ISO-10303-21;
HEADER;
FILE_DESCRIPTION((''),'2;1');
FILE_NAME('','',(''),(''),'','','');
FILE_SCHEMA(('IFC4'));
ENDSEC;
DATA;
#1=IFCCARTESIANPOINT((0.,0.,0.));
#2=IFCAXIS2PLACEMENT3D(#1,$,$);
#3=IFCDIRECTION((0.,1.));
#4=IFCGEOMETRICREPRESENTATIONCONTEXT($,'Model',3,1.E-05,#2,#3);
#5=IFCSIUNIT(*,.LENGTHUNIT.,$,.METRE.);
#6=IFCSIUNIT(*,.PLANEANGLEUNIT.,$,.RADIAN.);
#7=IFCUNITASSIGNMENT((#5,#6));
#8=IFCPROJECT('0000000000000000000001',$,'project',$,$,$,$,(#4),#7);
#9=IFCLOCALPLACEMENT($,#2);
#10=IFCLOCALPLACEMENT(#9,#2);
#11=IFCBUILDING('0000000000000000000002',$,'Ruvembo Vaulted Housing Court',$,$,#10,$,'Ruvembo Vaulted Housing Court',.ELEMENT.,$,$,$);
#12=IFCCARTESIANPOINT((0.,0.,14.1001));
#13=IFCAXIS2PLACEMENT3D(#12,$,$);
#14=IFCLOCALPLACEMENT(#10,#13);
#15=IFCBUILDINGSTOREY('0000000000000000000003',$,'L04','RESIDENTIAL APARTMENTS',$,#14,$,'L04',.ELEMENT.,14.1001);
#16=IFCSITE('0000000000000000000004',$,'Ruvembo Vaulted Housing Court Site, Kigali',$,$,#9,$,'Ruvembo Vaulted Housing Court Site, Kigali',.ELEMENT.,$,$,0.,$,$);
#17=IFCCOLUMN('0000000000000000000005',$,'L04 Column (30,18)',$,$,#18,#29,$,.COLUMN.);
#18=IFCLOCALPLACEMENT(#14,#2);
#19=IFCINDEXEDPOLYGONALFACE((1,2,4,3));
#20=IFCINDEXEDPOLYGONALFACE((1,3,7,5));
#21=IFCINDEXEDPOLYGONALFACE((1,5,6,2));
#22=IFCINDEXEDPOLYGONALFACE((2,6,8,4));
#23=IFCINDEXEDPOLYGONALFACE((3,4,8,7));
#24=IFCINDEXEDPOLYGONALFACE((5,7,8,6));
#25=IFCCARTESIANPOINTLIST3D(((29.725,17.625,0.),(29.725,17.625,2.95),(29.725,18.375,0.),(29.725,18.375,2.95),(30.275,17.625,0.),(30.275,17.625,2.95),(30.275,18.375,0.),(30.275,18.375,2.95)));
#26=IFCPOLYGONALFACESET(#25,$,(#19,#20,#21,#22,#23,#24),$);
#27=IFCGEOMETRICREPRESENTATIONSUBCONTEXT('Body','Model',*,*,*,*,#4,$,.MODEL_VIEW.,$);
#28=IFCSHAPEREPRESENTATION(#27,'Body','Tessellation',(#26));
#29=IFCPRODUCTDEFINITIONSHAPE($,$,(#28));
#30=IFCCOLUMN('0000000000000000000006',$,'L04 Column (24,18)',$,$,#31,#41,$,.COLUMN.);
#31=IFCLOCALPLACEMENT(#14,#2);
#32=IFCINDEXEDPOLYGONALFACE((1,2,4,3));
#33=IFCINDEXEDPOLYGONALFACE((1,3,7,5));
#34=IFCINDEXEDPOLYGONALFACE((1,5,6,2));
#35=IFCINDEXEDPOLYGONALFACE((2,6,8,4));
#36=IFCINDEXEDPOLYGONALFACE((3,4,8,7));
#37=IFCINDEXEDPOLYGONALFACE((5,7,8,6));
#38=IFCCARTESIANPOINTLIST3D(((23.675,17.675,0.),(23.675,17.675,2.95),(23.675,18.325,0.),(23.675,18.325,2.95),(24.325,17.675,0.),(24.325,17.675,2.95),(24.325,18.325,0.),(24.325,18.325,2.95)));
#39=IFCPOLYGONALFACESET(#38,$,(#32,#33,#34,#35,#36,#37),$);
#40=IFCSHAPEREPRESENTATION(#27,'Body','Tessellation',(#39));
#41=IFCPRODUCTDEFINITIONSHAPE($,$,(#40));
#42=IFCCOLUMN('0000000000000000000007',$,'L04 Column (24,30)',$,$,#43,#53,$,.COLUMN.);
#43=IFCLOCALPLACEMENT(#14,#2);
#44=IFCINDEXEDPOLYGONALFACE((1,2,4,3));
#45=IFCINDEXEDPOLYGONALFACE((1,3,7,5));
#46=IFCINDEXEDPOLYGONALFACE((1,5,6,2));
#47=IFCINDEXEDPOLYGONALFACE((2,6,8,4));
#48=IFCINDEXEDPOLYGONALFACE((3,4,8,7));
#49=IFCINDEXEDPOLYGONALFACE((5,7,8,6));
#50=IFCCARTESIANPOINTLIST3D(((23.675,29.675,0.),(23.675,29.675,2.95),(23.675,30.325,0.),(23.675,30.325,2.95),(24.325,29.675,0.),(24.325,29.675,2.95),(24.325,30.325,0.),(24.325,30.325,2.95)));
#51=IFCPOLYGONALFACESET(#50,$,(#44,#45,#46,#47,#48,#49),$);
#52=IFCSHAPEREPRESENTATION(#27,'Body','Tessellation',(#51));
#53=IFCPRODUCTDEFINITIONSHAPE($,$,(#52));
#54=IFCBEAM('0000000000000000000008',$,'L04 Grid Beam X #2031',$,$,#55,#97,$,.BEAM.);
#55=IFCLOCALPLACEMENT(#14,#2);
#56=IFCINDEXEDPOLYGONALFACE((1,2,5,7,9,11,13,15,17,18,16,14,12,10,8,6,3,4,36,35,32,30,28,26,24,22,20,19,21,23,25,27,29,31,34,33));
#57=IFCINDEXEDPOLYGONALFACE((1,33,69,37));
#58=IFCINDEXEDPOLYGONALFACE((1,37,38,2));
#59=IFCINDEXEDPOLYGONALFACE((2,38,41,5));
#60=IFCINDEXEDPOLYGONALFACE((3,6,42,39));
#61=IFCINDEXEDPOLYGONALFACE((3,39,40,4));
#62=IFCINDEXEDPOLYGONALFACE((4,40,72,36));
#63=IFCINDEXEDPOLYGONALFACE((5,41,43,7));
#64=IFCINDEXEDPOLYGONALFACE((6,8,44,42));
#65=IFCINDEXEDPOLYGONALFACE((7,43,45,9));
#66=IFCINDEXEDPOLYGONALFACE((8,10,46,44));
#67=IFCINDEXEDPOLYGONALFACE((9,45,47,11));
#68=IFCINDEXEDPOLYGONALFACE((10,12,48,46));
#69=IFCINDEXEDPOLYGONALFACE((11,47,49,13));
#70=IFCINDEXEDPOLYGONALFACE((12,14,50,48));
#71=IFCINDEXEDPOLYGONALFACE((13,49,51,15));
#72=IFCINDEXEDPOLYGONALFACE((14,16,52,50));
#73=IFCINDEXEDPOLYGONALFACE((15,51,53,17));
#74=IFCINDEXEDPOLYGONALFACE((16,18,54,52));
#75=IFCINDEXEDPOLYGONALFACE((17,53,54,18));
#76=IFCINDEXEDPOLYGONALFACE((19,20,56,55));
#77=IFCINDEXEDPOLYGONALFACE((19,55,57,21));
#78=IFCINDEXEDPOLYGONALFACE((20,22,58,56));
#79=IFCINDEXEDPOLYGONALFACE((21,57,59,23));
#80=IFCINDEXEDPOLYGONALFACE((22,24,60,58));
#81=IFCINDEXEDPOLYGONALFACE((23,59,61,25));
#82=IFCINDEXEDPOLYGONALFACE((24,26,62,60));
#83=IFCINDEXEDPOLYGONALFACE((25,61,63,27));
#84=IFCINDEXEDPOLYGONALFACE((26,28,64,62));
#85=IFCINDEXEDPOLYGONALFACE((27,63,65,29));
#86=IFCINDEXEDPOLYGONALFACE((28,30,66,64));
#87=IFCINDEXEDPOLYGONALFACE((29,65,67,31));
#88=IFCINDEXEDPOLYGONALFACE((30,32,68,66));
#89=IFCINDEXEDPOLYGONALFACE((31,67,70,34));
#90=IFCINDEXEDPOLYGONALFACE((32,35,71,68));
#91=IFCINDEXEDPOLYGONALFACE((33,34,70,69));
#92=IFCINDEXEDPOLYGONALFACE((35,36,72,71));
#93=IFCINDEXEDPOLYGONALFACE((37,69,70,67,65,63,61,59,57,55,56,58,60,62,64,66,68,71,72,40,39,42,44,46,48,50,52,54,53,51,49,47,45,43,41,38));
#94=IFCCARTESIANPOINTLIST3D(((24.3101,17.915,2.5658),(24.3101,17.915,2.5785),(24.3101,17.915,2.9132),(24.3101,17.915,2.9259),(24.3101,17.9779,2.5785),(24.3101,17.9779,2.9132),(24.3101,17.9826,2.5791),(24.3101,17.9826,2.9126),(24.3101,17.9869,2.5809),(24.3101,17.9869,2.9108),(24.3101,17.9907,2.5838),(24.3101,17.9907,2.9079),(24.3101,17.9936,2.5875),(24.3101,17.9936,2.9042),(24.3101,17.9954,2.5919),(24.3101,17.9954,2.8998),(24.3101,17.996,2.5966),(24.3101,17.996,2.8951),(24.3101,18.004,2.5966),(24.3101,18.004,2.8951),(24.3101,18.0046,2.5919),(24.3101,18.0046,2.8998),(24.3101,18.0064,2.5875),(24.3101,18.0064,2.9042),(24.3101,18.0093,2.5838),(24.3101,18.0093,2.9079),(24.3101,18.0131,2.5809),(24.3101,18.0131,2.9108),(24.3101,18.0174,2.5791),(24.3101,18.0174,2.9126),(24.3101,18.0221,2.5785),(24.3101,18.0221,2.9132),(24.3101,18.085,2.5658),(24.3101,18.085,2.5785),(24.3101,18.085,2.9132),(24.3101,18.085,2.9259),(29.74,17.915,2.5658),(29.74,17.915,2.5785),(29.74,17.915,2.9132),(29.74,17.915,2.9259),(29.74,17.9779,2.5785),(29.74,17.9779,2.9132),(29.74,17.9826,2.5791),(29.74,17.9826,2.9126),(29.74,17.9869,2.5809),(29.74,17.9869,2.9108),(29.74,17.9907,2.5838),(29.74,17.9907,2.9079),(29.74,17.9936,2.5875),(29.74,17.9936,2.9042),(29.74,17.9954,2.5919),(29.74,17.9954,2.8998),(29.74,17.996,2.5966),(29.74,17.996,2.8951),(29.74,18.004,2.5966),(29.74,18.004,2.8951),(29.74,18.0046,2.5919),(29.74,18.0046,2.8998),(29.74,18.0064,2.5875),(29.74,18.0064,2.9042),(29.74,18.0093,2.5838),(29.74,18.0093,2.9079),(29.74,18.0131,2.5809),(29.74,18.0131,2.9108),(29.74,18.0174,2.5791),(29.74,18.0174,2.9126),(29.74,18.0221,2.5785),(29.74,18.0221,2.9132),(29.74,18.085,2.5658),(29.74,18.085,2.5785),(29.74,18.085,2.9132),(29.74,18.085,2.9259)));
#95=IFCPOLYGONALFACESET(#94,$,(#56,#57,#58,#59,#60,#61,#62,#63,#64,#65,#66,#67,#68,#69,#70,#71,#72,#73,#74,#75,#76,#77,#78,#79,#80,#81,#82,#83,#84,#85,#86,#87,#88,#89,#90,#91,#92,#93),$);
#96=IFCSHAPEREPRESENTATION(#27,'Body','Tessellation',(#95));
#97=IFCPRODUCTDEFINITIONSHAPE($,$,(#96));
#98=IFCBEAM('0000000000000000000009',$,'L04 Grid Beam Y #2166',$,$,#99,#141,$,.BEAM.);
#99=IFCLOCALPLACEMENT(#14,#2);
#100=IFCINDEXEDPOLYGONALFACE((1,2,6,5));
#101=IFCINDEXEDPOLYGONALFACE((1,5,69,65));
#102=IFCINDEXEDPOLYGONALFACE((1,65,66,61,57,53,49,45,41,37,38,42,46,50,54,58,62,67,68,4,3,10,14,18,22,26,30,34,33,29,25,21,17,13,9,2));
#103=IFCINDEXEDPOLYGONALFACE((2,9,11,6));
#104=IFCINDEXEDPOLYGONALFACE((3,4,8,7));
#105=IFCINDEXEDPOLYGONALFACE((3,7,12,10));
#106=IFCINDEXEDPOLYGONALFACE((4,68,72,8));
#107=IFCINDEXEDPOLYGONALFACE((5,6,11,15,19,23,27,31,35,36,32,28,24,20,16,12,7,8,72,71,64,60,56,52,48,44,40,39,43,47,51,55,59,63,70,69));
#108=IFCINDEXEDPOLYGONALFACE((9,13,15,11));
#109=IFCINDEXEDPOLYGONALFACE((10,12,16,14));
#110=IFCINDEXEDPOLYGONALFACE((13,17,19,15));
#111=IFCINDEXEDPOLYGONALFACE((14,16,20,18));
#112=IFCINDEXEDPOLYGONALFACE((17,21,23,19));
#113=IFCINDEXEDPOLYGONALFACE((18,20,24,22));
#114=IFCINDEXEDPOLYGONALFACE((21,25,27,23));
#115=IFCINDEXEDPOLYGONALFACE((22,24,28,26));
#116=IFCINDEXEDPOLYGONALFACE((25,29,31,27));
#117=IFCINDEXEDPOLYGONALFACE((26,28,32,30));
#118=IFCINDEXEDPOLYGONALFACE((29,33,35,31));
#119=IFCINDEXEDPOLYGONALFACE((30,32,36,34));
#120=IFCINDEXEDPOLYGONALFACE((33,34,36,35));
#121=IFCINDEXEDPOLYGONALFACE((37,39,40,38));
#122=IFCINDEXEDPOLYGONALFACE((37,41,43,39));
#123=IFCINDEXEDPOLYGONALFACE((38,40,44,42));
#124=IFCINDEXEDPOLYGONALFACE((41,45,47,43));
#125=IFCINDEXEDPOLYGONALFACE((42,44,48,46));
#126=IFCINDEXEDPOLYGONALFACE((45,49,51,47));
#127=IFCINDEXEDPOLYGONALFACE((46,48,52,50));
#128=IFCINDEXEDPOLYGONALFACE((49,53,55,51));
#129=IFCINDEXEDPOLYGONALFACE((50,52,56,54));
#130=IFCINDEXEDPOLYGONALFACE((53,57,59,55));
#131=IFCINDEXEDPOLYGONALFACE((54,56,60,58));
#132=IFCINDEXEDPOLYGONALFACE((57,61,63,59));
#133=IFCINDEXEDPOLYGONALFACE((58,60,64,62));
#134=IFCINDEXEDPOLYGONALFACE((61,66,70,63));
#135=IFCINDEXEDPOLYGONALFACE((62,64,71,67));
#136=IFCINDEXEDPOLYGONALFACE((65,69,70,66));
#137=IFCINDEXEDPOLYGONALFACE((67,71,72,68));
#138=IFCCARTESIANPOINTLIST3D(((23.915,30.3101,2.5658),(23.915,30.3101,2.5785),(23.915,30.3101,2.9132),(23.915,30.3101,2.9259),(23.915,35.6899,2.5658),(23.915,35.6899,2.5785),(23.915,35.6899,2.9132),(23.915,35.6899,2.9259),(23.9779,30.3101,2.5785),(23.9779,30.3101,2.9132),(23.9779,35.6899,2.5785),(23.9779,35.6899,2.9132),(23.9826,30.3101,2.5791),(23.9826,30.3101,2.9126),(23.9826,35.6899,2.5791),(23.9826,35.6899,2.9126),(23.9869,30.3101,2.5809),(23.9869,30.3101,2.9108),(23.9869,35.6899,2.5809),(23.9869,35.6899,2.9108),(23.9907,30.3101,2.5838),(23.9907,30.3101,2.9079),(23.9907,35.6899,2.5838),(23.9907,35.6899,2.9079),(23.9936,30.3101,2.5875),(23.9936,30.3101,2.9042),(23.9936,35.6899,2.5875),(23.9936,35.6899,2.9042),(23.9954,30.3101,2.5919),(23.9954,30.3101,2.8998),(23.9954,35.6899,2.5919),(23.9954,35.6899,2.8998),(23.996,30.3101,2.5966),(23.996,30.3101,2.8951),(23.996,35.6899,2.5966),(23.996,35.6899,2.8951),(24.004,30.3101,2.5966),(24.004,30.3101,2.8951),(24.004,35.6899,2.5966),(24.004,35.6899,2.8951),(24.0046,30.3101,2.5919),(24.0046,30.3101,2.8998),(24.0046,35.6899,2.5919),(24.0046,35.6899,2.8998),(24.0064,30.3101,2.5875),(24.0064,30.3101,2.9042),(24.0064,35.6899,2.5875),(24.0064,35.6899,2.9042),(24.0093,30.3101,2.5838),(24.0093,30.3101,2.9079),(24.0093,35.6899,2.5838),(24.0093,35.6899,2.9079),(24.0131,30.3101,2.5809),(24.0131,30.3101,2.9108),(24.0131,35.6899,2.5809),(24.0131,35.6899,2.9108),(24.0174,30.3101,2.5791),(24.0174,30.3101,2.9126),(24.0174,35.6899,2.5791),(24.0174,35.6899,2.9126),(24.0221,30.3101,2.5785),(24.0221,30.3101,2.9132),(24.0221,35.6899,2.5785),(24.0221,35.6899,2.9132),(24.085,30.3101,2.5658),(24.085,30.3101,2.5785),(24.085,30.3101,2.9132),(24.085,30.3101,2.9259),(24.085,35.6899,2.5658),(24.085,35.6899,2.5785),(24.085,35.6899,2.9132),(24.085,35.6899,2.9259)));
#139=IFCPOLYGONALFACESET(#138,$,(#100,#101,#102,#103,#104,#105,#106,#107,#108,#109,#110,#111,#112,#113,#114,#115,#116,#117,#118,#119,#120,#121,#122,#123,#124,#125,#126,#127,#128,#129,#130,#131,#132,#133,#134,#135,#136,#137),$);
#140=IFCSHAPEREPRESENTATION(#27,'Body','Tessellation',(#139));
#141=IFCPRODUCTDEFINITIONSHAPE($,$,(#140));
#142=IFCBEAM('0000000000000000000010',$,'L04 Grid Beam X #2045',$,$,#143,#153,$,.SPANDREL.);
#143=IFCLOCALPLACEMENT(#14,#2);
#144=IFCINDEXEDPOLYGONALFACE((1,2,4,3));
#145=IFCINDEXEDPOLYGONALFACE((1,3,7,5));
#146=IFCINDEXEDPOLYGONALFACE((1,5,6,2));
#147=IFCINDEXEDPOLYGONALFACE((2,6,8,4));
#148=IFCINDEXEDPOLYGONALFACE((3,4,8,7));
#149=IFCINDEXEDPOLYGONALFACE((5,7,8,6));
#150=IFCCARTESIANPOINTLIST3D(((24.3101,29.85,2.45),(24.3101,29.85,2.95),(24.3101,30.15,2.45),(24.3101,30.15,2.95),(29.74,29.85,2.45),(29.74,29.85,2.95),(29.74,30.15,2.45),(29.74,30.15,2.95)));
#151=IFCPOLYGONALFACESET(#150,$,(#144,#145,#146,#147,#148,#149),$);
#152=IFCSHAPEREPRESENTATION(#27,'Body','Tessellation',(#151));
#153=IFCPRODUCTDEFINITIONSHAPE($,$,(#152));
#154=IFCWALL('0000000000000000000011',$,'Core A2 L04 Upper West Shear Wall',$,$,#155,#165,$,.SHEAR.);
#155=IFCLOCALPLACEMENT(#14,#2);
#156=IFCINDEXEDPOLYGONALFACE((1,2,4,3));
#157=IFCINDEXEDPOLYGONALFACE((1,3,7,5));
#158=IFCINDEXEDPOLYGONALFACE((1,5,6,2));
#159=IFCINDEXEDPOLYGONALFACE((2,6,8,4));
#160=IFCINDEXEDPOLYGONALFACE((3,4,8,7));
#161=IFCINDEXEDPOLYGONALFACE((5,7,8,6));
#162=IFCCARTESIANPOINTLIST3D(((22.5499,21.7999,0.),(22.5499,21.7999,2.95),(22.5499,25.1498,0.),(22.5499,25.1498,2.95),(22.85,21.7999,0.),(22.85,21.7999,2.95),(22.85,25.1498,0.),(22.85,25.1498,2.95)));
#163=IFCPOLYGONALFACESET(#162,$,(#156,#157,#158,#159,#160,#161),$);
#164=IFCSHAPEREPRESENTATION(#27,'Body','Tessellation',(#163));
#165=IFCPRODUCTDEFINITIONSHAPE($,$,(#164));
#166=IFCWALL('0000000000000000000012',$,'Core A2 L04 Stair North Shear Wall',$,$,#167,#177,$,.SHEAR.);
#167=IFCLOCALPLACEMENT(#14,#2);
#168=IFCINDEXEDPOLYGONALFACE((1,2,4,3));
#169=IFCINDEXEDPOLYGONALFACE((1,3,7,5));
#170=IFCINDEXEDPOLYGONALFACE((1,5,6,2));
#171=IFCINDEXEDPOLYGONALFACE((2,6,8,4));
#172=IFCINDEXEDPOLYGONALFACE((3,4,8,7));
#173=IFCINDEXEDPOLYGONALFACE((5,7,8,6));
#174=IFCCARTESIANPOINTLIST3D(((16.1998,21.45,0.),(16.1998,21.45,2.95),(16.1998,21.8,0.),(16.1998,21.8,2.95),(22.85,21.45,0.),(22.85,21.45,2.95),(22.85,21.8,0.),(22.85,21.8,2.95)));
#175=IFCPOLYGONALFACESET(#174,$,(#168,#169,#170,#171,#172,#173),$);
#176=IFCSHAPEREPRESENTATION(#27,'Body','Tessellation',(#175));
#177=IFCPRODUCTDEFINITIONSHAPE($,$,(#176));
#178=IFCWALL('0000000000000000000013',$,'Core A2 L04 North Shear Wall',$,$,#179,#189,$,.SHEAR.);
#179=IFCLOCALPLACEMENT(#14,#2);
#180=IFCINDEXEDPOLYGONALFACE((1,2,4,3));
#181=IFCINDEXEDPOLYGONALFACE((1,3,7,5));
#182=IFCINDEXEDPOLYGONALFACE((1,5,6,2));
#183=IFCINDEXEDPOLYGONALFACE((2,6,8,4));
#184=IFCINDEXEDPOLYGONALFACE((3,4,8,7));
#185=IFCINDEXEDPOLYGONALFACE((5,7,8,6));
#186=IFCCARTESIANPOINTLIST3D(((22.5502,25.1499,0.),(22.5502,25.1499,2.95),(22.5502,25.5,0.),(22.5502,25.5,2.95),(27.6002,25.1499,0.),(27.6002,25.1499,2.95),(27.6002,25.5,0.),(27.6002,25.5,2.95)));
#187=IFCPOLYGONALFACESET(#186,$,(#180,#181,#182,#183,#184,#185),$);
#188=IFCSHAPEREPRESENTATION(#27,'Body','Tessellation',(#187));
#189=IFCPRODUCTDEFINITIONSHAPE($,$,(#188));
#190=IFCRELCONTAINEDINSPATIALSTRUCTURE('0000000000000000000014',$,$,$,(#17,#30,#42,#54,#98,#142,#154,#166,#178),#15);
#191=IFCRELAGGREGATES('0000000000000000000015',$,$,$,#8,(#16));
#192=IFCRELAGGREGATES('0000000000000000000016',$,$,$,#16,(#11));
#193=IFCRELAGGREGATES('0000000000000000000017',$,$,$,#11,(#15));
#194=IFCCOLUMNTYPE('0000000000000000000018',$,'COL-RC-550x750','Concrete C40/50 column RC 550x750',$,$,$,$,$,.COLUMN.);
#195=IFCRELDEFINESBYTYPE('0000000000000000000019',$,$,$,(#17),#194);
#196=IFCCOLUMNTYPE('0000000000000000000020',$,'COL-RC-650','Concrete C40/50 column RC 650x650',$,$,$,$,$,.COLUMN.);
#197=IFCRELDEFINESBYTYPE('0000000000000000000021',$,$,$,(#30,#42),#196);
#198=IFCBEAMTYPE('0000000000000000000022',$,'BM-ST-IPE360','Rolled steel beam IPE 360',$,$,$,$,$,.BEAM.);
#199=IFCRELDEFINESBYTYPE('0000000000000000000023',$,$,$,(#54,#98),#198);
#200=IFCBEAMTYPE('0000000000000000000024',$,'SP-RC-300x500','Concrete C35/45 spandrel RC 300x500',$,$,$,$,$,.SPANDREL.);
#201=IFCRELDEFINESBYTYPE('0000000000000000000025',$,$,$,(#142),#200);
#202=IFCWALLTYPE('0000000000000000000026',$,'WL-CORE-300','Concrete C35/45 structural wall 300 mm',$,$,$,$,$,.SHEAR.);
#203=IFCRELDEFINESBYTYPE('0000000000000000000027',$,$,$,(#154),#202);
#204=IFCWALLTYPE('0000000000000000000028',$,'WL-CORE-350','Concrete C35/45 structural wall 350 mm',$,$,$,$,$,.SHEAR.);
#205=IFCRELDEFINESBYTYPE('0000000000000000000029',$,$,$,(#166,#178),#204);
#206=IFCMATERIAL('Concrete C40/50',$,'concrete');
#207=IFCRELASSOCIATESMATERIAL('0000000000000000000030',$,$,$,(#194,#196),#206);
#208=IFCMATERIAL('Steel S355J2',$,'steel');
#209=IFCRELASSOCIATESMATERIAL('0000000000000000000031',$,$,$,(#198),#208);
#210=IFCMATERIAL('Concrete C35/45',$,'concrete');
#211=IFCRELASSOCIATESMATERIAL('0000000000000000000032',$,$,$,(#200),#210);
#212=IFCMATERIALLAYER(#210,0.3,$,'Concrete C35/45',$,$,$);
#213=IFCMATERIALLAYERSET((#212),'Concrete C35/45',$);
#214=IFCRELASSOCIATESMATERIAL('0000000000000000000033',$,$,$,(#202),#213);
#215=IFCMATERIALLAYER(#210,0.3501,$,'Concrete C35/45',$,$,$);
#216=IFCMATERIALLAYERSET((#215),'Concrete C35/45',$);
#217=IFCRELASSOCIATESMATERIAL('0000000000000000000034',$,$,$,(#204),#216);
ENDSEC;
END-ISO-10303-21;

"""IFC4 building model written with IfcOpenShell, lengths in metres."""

from ifc_helpers import new_model, si_unit, direction, frame, frame_2d, origin, origin_2d, place, context, subcontext, project, spatial, rectangle, i_section, extrude, material, layer, layer_set, material_profile, profile_set, type_object, element, save


model = new_model("IFC4")

# Units and contexts
model_context = context("Model", 3, precision=1e-05, world=origin(), true_north=direction((0.0, 1.0)))
body_context = subcontext(model_context, "Body", "Model", "MODEL_VIEW")
ifc_project = project(units=[si_unit("LENGTHUNIT", "METRE"), si_unit("PLANEANGLEUNIT", "RADIAN")], contexts=[model_context])

# Site, building, storey
site_placement = place(None, origin())
site = spatial("IfcSite", under=ifc_project, at=site_placement, Name="Ruvembo Vaulted Housing Court Site, Kigali", LongName="Ruvembo Vaulted Housing Court Site, Kigali", CompositionType="ELEMENT", RefElevation=0.0)
building_placement = place(site_placement, origin())
building = spatial("IfcBuilding", under=site, at=building_placement, Name="Ruvembo Vaulted Housing Court", LongName="Ruvembo Vaulted Housing Court", CompositionType="ELEMENT")
storey_placement = place(building_placement, frame((0.0, 0.0, 14.1001)))
storey = spatial("IfcBuildingStorey", under=building, at=storey_placement, Name="L04", Description="RESIDENTIAL APARTMENTS", LongName="L04", CompositionType="ELEMENT", Elevation=14.1001)

# Columns
ifc_material_1 = material(Name="Concrete C40/50", Category="concrete")
ifc_material_profile_1 = material_profile(ifc_material_1, rectangle(XDim=0.55, YDim=0.75, at=origin_2d()), Name="RC 550x750")
ifc_profile_set_1 = profile_set([ifc_material_profile_1], Name="Concrete C40/50")
column_type_1 = type_object("IfcColumnType", Name="COL-RC-550x750", Description="Concrete C40/50 column RC 550x750", PredefinedType="COLUMN", material=ifc_profile_set_1)
column_placement = place(storey_placement, frame((30.0, 18.0, 0.0), z_axis=(0.0, 0.0, 1.0), x_axis=(1.0, 0.0, 0.0)))
element("IfcColumn", 1, at=column_placement, inside=storey, type_object=column_type_1, Name="L04 Column (30,18)", PredefinedType="COLUMN", context=body_context, shape_type="SweptSolid", body=[
    extrude(rectangle(XDim=0.55, YDim=0.75, at=origin_2d()), origin(), (0.0, 0.0, 1.0), 2.95),
])
ifc_material_profile_2 = material_profile(ifc_material_1, rectangle(XDim=0.6499, YDim=0.6499, at=origin_2d()), Name="RC 650x650")
ifc_profile_set_2 = profile_set([ifc_material_profile_2], Name="Concrete C40/50")
column_type_2 = type_object("IfcColumnType", Name="COL-RC-650", Description="Concrete C40/50 column RC 650x650", PredefinedType="COLUMN", material=ifc_profile_set_2)
for number, where, z_axis, x_axis, name in (
    (2, (24.0, 18.0, 0.0), (0.0, 0.0, 1.0), (1.0, 0.0, 0.0), "L04 Column (24,18)"),
    (3, (24.0, 30.0, 0.0), (0.0, 0.0, 1.0), (1.0, 0.0, 0.0), "L04 Column (24,30)"),
):
    element("IfcColumn", number, at=place(storey_placement, frame(where, z_axis=z_axis, x_axis=x_axis)), inside=storey, type_object=column_type_2, Name=name, PredefinedType="COLUMN", context=body_context, shape_type="SweptSolid", body=[
        extrude(rectangle(XDim=0.6499, YDim=0.6499, at=origin_2d()), origin(), (0.0, 0.0, 1.0), 2.95),
    ])

# Beams
ifc_material_2 = material(Name="Steel S355J2", Category="steel")
ifc_material_profile_3 = material_profile(ifc_material_2, i_section(OverallWidth=0.1699, OverallDepth=0.3601, WebThickness=0.0081, FlangeThickness=0.0127, FilletRadius=0.0181, at=origin_2d()), Name="IPE 360")
ifc_profile_set_3 = profile_set([ifc_material_profile_3], Name="Steel S355J2")
beam_type_1 = type_object("IfcBeamType", Name="BM-ST-IPE360", Description="Rolled steel beam IPE 360", PredefinedType="BEAM", material=ifc_profile_set_3)
beam_1_placement = place(storey_placement, frame((24.3101, 18.0, 2.7458), z_axis=(1.0, 0.0, 0.0), x_axis=(0.0, 1.0, 0.0)))
element("IfcBeam", 4, at=beam_1_placement, inside=storey, type_object=beam_type_1, Name="L04 Grid Beam X #2031", PredefinedType="BEAM", context=body_context, shape_type="SweptSolid", body=[
    extrude(i_section(OverallWidth=0.1699, OverallDepth=0.3601, WebThickness=0.0081, FlangeThickness=0.0127, FilletRadius=0.0181, at=origin_2d()), origin(), (0.0, 0.0, 1.0), 5.4299),
])
beam_2_placement = place(storey_placement, frame((24.0, 30.3101, 2.7458), z_axis=(0.0, 1.0, 0.0), x_axis=(-1.0, 0.0, 0.0)))
element("IfcBeam", 5, at=beam_2_placement, inside=storey, type_object=beam_type_1, Name="L04 Grid Beam Y #2166", PredefinedType="BEAM", context=body_context, shape_type="SweptSolid", body=[
    extrude(i_section(OverallWidth=0.1699, OverallDepth=0.3601, WebThickness=0.0081, FlangeThickness=0.0127, FilletRadius=0.0181, at=origin_2d()), origin(), (0.0, 0.0, 1.0), 5.3799),
])
ifc_material_3 = material(Name="Concrete C35/45", Category="concrete")
ifc_material_profile_4 = material_profile(ifc_material_3, rectangle(XDim=0.3, YDim=0.5, at=origin_2d()), Name="RC 300x500")
ifc_profile_set_4 = profile_set([ifc_material_profile_4], Name="Concrete C35/45")
beam_type_2 = type_object("IfcBeamType", Name="SP-RC-300x500", Description="Concrete C35/45 spandrel RC 300x500", PredefinedType="SPANDREL", material=ifc_profile_set_4)
beam_3_placement = place(storey_placement, frame((24.3101, 30.0, 2.7), z_axis=(1.0, 0.0, 0.0), x_axis=(0.0, 1.0, 0.0)))
element("IfcBeam", 6, at=beam_3_placement, inside=storey, type_object=beam_type_2, Name="L04 Grid Beam X #2045", PredefinedType="SPANDREL", context=body_context, shape_type="SweptSolid", body=[
    extrude(rectangle(XDim=0.3, YDim=0.5, at=origin_2d()), origin(), (0.0, 0.0, 1.0), 5.4299),
])

# Shared definitions
ifc_layer_1 = layer(ifc_material_3, 0.3, Name="Concrete C35/45")
ifc_layer_set_1 = layer_set([ifc_layer_1], Name="Concrete C35/45")
wall_type_1 = type_object("IfcWallType", Name="WL-CORE-300", Description="Concrete C35/45 structural wall 300 mm", PredefinedType="SHEAR", material=ifc_layer_set_1)

# Walls
wall_1_placement = place(storey_placement, frame((22.7, 21.8, 0.0), z_axis=(0.0, 0.0, 1.0), x_axis=(0.0, 1.0, 0.0)))
element("IfcWall", 7, at=wall_1_placement, inside=storey, type_object=wall_type_1, Name="Core A2 L04 Upper West Shear Wall", PredefinedType="SHEAR", context=body_context, shape_type="SweptSolid", body=[
    extrude(rectangle(XDim=3.3499, YDim=0.3, at=frame_2d((1.6748, 0.0))), origin(), (0.0, 0.0, 1.0), 2.95),
])
ifc_layer_2 = layer(ifc_material_3, 0.3501, Name="Concrete C35/45")
ifc_layer_set_2 = layer_set([ifc_layer_2], Name="Concrete C35/45")
wall_type_2 = type_object("IfcWallType", Name="WL-CORE-350", Description="Concrete C35/45 structural wall 350 mm", PredefinedType="SHEAR", material=ifc_layer_set_2)
wall_2_placement = place(storey_placement, frame((22.8501, 21.625, 0.0), z_axis=(0.0, 0.0, 1.0), x_axis=(-1.0, 0.0, 0.0)))
element("IfcWall", 8, at=wall_2_placement, inside=storey, type_object=wall_type_2, Name="Core A2 L04 Stair North Shear Wall", PredefinedType="SHEAR", context=body_context, shape_type="SweptSolid", body=[
    extrude(rectangle(XDim=6.6501, YDim=0.3501, at=frame_2d((3.3252, 0.0))), origin(), (0.0, 0.0, 1.0), 2.95),
])
wall_3_placement = place(storey_placement, frame((27.6001, 25.325, 0.0), z_axis=(0.0, 0.0, 1.0), x_axis=(-1.0, 0.0, 0.0)))
element("IfcWall", 9, at=wall_3_placement, inside=storey, type_object=wall_type_2, Name="Core A2 L04 North Shear Wall", PredefinedType="SHEAR", context=body_context, shape_type="SweptSolid", body=[
    extrude(rectangle(XDim=5.05, YDim=0.3501, at=frame_2d((2.5249, 0.0))), origin(), (0.0, 0.0, 1.0), 2.95),
])

save(model, "model.ifc")
